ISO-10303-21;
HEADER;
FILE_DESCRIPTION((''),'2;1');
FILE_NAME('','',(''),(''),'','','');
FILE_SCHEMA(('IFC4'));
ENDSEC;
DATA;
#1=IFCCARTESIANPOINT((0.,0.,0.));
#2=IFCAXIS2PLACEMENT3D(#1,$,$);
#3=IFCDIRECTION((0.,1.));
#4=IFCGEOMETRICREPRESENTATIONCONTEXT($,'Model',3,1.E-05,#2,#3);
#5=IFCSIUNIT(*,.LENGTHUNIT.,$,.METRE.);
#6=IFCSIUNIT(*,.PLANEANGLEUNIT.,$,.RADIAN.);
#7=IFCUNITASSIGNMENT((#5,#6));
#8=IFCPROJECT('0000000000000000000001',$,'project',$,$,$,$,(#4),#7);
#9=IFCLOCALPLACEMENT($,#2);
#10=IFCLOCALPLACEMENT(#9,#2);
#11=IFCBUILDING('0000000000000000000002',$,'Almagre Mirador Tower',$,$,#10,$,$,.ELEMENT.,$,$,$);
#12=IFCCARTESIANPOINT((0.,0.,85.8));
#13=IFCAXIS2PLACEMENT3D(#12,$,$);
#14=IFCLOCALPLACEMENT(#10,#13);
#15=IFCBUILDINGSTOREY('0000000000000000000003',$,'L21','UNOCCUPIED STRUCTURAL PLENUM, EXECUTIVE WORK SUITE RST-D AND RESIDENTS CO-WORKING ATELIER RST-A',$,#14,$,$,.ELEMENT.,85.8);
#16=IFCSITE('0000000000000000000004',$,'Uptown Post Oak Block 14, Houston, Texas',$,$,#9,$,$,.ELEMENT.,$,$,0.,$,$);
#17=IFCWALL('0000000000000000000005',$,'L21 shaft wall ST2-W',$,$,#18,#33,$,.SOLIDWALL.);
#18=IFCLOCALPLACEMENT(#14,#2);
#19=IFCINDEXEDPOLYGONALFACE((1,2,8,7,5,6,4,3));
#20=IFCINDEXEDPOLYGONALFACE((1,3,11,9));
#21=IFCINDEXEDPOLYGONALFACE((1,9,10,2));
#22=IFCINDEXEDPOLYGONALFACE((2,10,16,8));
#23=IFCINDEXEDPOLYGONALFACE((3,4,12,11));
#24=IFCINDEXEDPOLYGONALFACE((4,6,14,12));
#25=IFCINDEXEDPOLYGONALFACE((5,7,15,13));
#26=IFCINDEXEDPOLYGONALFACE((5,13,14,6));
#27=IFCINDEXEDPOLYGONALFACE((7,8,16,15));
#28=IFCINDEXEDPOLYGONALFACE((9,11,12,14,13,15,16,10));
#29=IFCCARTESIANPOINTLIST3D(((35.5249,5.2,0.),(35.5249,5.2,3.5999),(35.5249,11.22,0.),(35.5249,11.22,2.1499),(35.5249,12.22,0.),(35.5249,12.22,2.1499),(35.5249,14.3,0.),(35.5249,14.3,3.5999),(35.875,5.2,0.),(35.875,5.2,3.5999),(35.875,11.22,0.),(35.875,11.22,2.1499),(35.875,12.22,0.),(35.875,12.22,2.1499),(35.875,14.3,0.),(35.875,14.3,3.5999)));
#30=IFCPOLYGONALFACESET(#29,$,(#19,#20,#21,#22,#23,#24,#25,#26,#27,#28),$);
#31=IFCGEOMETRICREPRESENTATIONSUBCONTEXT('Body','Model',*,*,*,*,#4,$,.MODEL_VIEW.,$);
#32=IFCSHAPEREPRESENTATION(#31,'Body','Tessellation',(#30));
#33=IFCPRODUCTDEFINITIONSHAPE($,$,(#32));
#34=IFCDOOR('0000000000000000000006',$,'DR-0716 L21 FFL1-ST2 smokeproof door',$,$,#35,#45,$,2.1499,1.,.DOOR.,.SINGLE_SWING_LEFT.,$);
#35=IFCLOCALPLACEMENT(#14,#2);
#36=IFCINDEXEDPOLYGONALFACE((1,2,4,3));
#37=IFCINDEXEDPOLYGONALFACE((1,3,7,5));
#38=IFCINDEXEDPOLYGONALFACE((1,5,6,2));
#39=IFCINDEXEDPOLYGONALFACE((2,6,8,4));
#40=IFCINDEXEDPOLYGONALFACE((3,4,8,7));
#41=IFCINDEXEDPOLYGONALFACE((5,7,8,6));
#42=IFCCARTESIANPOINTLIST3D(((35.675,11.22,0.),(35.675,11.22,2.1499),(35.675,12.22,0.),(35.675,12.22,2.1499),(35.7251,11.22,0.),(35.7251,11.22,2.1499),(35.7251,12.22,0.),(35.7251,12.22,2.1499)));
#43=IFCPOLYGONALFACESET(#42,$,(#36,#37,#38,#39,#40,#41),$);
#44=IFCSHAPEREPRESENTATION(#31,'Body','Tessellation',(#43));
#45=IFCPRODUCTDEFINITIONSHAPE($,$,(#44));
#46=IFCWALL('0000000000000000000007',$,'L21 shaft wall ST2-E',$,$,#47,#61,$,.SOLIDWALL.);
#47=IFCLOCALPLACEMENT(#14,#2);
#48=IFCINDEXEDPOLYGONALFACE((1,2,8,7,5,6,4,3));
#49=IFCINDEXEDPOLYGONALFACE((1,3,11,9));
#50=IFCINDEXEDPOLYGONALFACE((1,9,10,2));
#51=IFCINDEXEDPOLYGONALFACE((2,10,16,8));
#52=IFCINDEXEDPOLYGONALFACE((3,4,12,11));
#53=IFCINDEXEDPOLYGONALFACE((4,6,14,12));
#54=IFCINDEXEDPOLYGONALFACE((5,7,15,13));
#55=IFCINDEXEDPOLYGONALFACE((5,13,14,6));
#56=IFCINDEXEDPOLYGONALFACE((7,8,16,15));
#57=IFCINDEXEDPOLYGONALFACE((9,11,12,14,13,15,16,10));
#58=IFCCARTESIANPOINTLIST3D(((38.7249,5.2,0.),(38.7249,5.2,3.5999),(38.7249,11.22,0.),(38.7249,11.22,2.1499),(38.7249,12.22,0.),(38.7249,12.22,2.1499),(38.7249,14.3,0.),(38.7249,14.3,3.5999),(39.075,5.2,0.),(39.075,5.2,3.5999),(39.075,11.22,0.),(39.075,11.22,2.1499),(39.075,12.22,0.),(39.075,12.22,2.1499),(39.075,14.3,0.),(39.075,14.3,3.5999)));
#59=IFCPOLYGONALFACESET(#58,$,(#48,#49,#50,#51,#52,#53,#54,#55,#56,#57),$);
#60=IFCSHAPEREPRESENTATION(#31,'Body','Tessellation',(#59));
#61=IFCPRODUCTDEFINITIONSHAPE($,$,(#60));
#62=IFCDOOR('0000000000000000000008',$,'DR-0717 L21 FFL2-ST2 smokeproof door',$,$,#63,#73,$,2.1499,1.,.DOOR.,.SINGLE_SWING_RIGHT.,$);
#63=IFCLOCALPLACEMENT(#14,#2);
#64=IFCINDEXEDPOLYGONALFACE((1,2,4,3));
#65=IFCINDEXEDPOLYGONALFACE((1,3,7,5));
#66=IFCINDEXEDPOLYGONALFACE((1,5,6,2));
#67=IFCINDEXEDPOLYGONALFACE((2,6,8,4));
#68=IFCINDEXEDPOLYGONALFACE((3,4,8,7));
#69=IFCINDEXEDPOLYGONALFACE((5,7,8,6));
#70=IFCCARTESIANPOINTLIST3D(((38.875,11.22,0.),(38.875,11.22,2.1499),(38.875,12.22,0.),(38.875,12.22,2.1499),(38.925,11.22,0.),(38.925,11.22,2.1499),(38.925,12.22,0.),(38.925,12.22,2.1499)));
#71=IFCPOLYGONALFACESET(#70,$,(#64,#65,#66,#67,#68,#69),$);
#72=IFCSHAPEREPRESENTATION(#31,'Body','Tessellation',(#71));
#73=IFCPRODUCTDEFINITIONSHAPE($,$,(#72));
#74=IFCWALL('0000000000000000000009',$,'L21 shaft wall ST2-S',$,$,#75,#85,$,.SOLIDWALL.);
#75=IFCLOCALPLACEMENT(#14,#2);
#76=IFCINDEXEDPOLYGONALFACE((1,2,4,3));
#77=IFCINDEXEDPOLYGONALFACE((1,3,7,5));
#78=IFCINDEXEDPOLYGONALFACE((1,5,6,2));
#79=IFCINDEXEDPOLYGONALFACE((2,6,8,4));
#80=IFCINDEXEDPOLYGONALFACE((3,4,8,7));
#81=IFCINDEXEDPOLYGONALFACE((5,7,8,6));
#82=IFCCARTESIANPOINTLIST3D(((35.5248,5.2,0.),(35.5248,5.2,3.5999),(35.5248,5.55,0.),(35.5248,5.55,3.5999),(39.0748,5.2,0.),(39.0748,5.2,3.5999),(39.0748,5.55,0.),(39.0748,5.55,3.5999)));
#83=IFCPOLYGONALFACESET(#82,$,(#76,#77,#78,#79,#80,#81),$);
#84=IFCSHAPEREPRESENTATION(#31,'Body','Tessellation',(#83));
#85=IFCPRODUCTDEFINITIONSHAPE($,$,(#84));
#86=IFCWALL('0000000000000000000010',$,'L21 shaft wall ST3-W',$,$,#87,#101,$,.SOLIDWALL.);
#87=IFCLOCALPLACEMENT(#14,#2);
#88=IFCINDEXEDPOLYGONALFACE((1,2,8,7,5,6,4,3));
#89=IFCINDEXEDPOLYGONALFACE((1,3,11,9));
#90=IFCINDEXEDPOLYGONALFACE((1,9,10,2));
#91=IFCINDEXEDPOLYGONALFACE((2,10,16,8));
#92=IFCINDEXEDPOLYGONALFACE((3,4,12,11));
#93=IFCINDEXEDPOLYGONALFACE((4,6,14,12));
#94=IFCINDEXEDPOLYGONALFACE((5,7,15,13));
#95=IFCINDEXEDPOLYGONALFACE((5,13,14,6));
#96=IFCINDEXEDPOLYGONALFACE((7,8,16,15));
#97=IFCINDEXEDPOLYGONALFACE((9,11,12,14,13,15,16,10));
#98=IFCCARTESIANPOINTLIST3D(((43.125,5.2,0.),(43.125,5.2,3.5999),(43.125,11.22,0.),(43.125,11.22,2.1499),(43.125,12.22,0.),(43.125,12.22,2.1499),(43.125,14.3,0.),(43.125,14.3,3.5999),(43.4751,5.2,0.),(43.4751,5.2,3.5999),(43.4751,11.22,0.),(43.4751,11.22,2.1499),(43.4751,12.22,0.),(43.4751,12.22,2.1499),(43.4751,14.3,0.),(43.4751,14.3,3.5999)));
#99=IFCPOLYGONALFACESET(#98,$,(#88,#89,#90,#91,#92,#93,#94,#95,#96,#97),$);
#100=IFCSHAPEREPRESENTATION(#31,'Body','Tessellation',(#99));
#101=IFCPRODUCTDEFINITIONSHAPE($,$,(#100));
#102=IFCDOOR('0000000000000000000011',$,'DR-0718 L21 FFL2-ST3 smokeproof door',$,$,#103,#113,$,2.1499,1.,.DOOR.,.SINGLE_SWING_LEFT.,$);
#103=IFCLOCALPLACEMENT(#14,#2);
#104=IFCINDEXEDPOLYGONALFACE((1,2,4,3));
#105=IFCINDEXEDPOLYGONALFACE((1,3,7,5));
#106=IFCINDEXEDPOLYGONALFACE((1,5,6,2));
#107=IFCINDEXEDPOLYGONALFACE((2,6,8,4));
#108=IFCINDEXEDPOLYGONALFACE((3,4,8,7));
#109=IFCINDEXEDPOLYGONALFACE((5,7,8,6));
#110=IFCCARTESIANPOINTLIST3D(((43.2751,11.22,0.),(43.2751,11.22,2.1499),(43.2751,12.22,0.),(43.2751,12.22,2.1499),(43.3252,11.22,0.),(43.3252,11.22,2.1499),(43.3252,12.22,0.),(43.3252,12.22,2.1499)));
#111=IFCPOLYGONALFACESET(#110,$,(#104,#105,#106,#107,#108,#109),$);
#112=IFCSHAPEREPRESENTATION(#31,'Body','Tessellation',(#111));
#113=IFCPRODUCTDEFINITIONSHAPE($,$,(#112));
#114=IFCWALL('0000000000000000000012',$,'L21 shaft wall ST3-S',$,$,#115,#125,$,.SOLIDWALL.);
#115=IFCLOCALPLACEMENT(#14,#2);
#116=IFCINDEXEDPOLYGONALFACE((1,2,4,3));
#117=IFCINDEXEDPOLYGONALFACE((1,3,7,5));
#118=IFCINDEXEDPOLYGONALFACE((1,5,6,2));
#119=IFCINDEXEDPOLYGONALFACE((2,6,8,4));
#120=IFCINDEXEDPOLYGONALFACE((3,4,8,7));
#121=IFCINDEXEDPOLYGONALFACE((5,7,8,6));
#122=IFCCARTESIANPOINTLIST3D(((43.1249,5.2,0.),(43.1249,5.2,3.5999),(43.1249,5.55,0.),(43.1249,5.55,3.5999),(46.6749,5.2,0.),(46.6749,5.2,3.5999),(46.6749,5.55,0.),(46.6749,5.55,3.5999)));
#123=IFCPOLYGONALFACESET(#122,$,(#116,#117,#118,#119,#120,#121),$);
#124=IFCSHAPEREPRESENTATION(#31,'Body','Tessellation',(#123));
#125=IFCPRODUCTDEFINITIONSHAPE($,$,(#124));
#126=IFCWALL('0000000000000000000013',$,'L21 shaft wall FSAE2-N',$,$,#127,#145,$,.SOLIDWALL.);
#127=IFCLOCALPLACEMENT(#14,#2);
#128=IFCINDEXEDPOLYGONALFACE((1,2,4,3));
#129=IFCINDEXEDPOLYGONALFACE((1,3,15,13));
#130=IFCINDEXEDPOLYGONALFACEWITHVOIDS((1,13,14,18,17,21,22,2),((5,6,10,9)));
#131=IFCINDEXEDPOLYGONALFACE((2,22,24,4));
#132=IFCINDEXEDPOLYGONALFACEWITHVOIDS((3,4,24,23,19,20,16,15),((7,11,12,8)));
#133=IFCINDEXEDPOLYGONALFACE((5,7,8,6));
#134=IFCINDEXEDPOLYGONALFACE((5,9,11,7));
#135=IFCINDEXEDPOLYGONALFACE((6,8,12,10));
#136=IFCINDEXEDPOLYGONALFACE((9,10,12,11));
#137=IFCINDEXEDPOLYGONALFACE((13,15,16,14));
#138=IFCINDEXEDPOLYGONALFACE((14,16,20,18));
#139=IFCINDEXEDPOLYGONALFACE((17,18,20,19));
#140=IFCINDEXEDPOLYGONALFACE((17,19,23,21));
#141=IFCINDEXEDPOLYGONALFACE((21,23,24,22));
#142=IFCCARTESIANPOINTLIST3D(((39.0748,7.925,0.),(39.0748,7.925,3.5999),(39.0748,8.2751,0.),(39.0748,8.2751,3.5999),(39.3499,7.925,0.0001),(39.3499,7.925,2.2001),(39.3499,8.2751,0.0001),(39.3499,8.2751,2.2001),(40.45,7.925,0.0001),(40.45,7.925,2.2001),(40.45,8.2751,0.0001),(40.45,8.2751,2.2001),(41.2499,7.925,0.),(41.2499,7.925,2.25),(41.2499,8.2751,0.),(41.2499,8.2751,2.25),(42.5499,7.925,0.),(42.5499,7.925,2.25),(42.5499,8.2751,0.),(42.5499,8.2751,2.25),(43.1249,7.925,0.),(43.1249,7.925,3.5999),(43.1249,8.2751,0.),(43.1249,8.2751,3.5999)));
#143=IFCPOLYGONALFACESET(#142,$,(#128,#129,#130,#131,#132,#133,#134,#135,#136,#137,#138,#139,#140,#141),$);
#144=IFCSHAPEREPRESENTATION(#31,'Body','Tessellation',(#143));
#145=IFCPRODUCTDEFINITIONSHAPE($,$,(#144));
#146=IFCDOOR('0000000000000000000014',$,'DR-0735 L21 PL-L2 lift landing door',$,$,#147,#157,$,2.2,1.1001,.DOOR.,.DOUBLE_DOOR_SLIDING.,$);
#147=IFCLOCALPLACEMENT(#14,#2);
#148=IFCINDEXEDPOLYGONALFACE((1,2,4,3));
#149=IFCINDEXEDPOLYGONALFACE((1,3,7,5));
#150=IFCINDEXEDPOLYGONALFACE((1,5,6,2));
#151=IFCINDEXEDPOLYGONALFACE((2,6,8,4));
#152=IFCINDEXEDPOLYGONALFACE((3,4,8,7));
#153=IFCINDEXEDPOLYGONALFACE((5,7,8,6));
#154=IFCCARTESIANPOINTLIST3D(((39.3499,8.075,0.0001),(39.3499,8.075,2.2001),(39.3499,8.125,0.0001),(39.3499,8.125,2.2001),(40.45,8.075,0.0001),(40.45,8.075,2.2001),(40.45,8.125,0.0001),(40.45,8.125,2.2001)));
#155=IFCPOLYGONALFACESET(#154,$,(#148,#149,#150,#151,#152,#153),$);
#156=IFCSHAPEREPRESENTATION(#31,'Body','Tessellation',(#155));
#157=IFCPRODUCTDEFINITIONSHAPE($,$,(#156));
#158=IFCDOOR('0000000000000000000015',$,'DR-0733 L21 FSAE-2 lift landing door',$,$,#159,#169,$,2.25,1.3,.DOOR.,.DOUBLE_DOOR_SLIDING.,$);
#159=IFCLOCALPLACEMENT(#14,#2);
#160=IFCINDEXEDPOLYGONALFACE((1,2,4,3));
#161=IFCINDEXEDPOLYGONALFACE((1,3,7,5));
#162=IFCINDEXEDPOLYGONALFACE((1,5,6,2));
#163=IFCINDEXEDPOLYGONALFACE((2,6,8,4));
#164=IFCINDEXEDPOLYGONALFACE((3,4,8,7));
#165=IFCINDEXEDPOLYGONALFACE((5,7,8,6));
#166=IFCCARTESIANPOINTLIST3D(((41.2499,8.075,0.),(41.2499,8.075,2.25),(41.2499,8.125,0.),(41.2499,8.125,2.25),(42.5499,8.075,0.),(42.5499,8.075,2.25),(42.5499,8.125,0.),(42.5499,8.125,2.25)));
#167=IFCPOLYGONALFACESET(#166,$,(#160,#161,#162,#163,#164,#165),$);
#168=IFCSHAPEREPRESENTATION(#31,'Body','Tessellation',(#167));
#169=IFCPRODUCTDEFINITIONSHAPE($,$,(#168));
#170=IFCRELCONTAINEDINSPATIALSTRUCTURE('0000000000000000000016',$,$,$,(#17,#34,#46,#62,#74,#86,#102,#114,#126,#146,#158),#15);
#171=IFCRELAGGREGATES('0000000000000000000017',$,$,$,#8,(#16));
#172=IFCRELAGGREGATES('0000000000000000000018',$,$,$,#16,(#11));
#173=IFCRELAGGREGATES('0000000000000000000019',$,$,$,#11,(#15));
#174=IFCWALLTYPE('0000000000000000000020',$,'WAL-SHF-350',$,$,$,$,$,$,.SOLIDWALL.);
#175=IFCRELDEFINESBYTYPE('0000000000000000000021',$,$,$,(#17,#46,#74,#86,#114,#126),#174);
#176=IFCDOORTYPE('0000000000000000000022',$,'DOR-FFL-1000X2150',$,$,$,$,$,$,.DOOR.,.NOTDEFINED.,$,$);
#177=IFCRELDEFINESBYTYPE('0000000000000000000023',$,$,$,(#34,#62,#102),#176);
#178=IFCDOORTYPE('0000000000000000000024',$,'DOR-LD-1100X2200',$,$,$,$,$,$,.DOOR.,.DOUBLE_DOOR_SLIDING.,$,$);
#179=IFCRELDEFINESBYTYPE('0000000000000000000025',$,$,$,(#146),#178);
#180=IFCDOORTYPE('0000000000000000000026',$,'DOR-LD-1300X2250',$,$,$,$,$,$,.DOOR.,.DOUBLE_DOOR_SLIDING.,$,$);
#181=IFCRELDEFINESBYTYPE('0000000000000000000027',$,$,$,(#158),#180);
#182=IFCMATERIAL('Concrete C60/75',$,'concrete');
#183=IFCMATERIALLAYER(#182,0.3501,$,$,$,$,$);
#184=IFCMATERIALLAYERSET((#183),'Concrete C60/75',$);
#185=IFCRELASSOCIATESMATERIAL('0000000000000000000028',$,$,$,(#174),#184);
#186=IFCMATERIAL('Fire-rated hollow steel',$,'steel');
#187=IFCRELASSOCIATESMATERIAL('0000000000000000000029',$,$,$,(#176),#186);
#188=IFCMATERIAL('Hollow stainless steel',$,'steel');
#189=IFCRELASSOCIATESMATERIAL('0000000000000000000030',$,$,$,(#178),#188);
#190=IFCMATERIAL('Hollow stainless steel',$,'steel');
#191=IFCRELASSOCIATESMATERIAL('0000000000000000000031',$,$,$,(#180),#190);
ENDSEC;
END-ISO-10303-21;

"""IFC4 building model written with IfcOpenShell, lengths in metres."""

from ifc_helpers import new_model, si_unit, direction, frame, frame_2d, origin, place, context, subcontext, project, spatial, rectangle, extrude, material, layer, layer_set, type_object, element, fill, save


model = new_model("IFC4")

# Units and contexts
model_context = context("Model", 3, precision=1e-05, world=origin(), true_north=direction((0.0, 1.0)))
body_context = subcontext(model_context, "Body", "Model", "MODEL_VIEW")
ifc_project = project(units=[si_unit("LENGTHUNIT", "METRE"), si_unit("PLANEANGLEUNIT", "RADIAN")], contexts=[model_context])

# Site, building, storey
site_placement = place(None, origin())
site = spatial("IfcSite", under=ifc_project, at=site_placement, Name="Uptown Post Oak Block 14, Houston, Texas", CompositionType="ELEMENT", RefElevation=0.0)
building_placement = place(site_placement, origin())
building = spatial("IfcBuilding", under=site, at=building_placement, Name="Almagre Mirador Tower", CompositionType="ELEMENT")
storey_placement = place(building_placement, frame((0.0, 0.0, 85.8)))
storey = spatial("IfcBuildingStorey", under=building, at=storey_placement, Name="L21", Description="UNOCCUPIED STRUCTURAL PLENUM, EXECUTIVE WORK SUITE RST-D AND RESIDENTS CO-WORKING ATELIER RST-A", CompositionType="ELEMENT", Elevation=85.8)

# Walls, openings, doors
ifc_material_1 = material(Name="Concrete C60/75", Category="concrete")
ifc_layer_1 = layer(ifc_material_1, 0.3501)
ifc_layer_set_1 = layer_set([ifc_layer_1], Name="Concrete C60/75")
wall_type_1 = type_object("IfcWallType", Name="WAL-SHF-350", PredefinedType="SOLIDWALL", material=ifc_layer_set_1)
wall_1_placement = place(storey_placement, frame((35.7, 5.2, 0.0), z_axis=(0.0, 0.0, 1.0), x_axis=(0.0, 1.0, 0.0)))
wall_1 = element("IfcWall", 1, at=wall_1_placement, inside=storey, type_object=wall_type_1, Name="L21 shaft wall ST2-W", PredefinedType="SOLIDWALL", context=body_context, shape_type="SweptSolid", body=[
    extrude(rectangle(XDim=9.1001, YDim=0.3501, at=frame_2d((4.55, 0.0))), origin(), (0.0, 0.0, 1.0), 3.5999),
])
opening_1_placement = place(wall_1_placement, frame((6.02, 0.0, 0.0)))
opening_1 = element("IfcOpeningElement", 2, at=opening_1_placement, cuts=wall_1, PredefinedType="OPENING", context=body_context, shape_type="SweptSolid", body=[
    extrude(rectangle(XDim=1.0, YDim=2.1499, at=frame_2d((0.5, 1.075))), frame((0.0, 0.185, 0.0), z_axis=(0.0, -1.0, 0.0), x_axis=(1.0, 0.0, 0.0)), (0.0, 0.0, 1.0), 0.3701),
])
ifc_material_2 = material(Name="Fire-rated hollow steel", Category="steel")
door_type_1 = type_object("IfcDoorType", Name="DOR-FFL-1000X2150", OperationType="NOTDEFINED", PredefinedType="DOOR", material=ifc_material_2)
door_1_placement = place(opening_1_placement, origin())
door_1 = element("IfcDoor", 3, at=door_1_placement, inside=storey, type_object=door_type_1, Name="DR-0716 L21 FFL1-ST2 smokeproof door", OperationType="SINGLE_SWING_LEFT", OverallHeight=2.1499, OverallWidth=1.0, PredefinedType="DOOR", context=body_context, shape_type="SweptSolid", body=[
    extrude(rectangle(XDim=1.0, YDim=2.1499, at=frame_2d((0.5, 1.075))), frame((0.0, 0.0249, 0.0), z_axis=(0.0, -1.0, 0.0), x_axis=(1.0, 0.0, 0.0)), (0.0, 0.0, 1.0), 0.05),
])
fill(opening_1, door_1)
wall_2_placement = place(storey_placement, frame((38.8999, 5.2, 0.0), z_axis=(0.0, 0.0, 1.0), x_axis=(0.0, 1.0, 0.0)))
wall_2 = element("IfcWall", 4, at=wall_2_placement, inside=storey, type_object=wall_type_1, Name="L21 shaft wall ST2-E", PredefinedType="SOLIDWALL", context=body_context, shape_type="SweptSolid", body=[
    extrude(rectangle(XDim=9.1001, YDim=0.3501, at=frame_2d((4.55, 0.0))), origin(), (0.0, 0.0, 1.0), 3.5999),
])
opening_2_placement = place(wall_2_placement, frame((6.02, 0.0, 0.0)))
opening_2 = element("IfcOpeningElement", 5, at=opening_2_placement, cuts=wall_2, PredefinedType="OPENING", context=body_context, shape_type="SweptSolid", body=[
    extrude(rectangle(XDim=1.0, YDim=2.1499, at=frame_2d((0.5, 1.075))), frame((0.0, 0.185, 0.0), z_axis=(0.0, -1.0, 0.0), x_axis=(1.0, 0.0, 0.0)), (0.0, 0.0, 1.0), 0.3701),
])
door_2_placement = place(opening_2_placement, origin())
door_2 = element("IfcDoor", 6, at=door_2_placement, inside=storey, type_object=door_type_1, Name="DR-0717 L21 FFL2-ST2 smokeproof door", OperationType="SINGLE_SWING_RIGHT", OverallHeight=2.1499, OverallWidth=1.0, PredefinedType="DOOR", context=body_context, shape_type="SweptSolid", body=[
    extrude(rectangle(XDim=1.0, YDim=2.1499, at=frame_2d((0.5, 1.075))), frame((0.0, 0.0249, 0.0), z_axis=(0.0, -1.0, 0.0), x_axis=(1.0, 0.0, 0.0)), (0.0, 0.0, 1.0), 0.05),
])
fill(opening_2, door_2)

# Wall
wall_3_placement = place(storey_placement, frame((35.5249, 5.375, 0.0), z_axis=(0.0, 0.0, 1.0), x_axis=(1.0, 0.0, 0.0)))
element("IfcWall", 7, at=wall_3_placement, inside=storey, type_object=wall_type_1, Name="L21 shaft wall ST2-S", PredefinedType="SOLIDWALL", context=body_context, shape_type="SweptSolid", body=[
    extrude(rectangle(XDim=3.55, YDim=0.3501, at=frame_2d((1.7749, 0.0))), origin(), (0.0, 0.0, 1.0), 3.5999),
])

# Wall, opening, door
wall_4_placement = place(storey_placement, frame((43.3, 5.2, 0.0), z_axis=(0.0, 0.0, 1.0), x_axis=(0.0, 1.0, 0.0)))
wall_4 = element("IfcWall", 8, at=wall_4_placement, inside=storey, type_object=wall_type_1, Name="L21 shaft wall ST3-W", PredefinedType="SOLIDWALL", context=body_context, shape_type="SweptSolid", body=[
    extrude(rectangle(XDim=9.1001, YDim=0.3501, at=frame_2d((4.55, 0.0))), origin(), (0.0, 0.0, 1.0), 3.5999),
])
opening_3_placement = place(wall_4_placement, frame((6.02, 0.0, 0.0)))
opening_3 = element("IfcOpeningElement", 9, at=opening_3_placement, cuts=wall_4, PredefinedType="OPENING", context=body_context, shape_type="SweptSolid", body=[
    extrude(rectangle(XDim=1.0, YDim=2.1499, at=frame_2d((0.5, 1.075))), frame((0.0, 0.185, 0.0), z_axis=(0.0, -1.0, 0.0), x_axis=(1.0, 0.0, 0.0)), (0.0, 0.0, 1.0), 0.3701),
])
door_3_placement = place(opening_3_placement, origin())
door_3 = element("IfcDoor", 10, at=door_3_placement, inside=storey, type_object=door_type_1, Name="DR-0718 L21 FFL2-ST3 smokeproof door", OperationType="SINGLE_SWING_LEFT", OverallHeight=2.1499, OverallWidth=1.0, PredefinedType="DOOR", context=body_context, shape_type="SweptSolid", body=[
    extrude(rectangle(XDim=1.0, YDim=2.1499, at=frame_2d((0.5, 1.075))), frame((0.0, 0.0249, 0.0), z_axis=(0.0, -1.0, 0.0), x_axis=(1.0, 0.0, 0.0)), (0.0, 0.0, 1.0), 0.05),
])
fill(opening_3, door_3)

# Wall
wall_5_placement = place(storey_placement, frame((43.125, 5.375, 0.0), z_axis=(0.0, 0.0, 1.0), x_axis=(1.0, 0.0, 0.0)))
element("IfcWall", 11, at=wall_5_placement, inside=storey, type_object=wall_type_1, Name="L21 shaft wall ST3-S", PredefinedType="SOLIDWALL", context=body_context, shape_type="SweptSolid", body=[
    extrude(rectangle(XDim=3.55, YDim=0.3501, at=frame_2d((1.7749, 0.0))), origin(), (0.0, 0.0, 1.0), 3.5999),
])

# Wall, openings, doors
wall_6_placement = place(storey_placement, frame((39.075, 8.1001, 0.0), z_axis=(0.0, 0.0, 1.0), x_axis=(1.0, 0.0, 0.0)))
wall_6 = element("IfcWall", 12, at=wall_6_placement, inside=storey, type_object=wall_type_1, Name="L21 shaft wall FSAE2-N", PredefinedType="SOLIDWALL", context=body_context, shape_type="SweptSolid", body=[
    extrude(rectangle(XDim=4.05, YDim=0.3501, at=frame_2d((2.0249, 0.0))), origin(), (0.0, 0.0, 1.0), 3.5999),
])
opening_4_placement = place(wall_6_placement, frame((2.175, 0.0, 0.0)))
opening_4 = element("IfcOpeningElement", 13, at=opening_4_placement, cuts=wall_6, PredefinedType="OPENING", context=body_context, shape_type="SweptSolid", body=[
    extrude(rectangle(XDim=1.3, YDim=2.25, at=frame_2d((0.6499, 1.125))), frame((0.0, 0.185, 0.0), z_axis=(0.0, -1.0, 0.0), x_axis=(1.0, 0.0, 0.0)), (0.0, 0.0, 1.0), 0.3701),
])
opening_5_placement = place(wall_6_placement, frame((0.2749, 0.0, 0.0)))
opening_5 = element("IfcOpeningElement", 14, at=opening_5_placement, cuts=wall_6, PredefinedType="OPENING", context=body_context, shape_type="SweptSolid", body=[
    extrude(rectangle(XDim=1.1001, YDim=2.2, at=frame_2d((0.55, 1.1001))), frame((0.0, 0.185, 0.0), z_axis=(0.0, -1.0, 0.0), x_axis=(1.0, 0.0, 0.0)), (0.0, 0.0, 1.0), 0.3701),
])
ifc_material_3 = material(Name="Hollow stainless steel", Category="steel")
door_type_2 = type_object("IfcDoorType", Name="DOR-LD-1100X2200", OperationType="DOUBLE_DOOR_SLIDING", PredefinedType="DOOR", material=ifc_material_3)
door_4_placement = place(opening_5_placement, origin())
door_4 = element("IfcDoor", 15, at=door_4_placement, inside=storey, type_object=door_type_2, Name="DR-0735 L21 PL-L2 lift landing door", OperationType="DOUBLE_DOOR_SLIDING", OverallHeight=2.2, OverallWidth=1.1001, PredefinedType="DOOR", context=body_context, shape_type="SweptSolid", body=[
    extrude(rectangle(XDim=1.1001, YDim=2.2, at=frame_2d((0.55, 1.1001))), frame((0.0, 0.0249, 0.0), z_axis=(0.0, -1.0, 0.0), x_axis=(1.0, 0.0, 0.0)), (0.0, 0.0, 1.0), 0.05),
])
fill(opening_5, door_4)
ifc_material_4 = material(Name="Hollow stainless steel", Category="steel")
door_type_3 = type_object("IfcDoorType", Name="DOR-LD-1300X2250", OperationType="DOUBLE_DOOR_SLIDING", PredefinedType="DOOR", material=ifc_material_4)
door_5_placement = place(opening_4_placement, origin())
door_5 = element("IfcDoor", 16, at=door_5_placement, inside=storey, type_object=door_type_3, Name="DR-0733 L21 FSAE-2 lift landing door", OperationType="DOUBLE_DOOR_SLIDING", OverallHeight=2.25, OverallWidth=1.3, PredefinedType="DOOR", context=body_context, shape_type="SweptSolid", body=[
    extrude(rectangle(XDim=1.3, YDim=2.25, at=frame_2d((0.6499, 1.125))), frame((0.0, 0.0249, 0.0), z_axis=(0.0, -1.0, 0.0), x_axis=(1.0, 0.0, 0.0)), (0.0, 0.0, 1.0), 0.05),
])
fill(opening_4, door_5)

save(model, "model.ifc")
